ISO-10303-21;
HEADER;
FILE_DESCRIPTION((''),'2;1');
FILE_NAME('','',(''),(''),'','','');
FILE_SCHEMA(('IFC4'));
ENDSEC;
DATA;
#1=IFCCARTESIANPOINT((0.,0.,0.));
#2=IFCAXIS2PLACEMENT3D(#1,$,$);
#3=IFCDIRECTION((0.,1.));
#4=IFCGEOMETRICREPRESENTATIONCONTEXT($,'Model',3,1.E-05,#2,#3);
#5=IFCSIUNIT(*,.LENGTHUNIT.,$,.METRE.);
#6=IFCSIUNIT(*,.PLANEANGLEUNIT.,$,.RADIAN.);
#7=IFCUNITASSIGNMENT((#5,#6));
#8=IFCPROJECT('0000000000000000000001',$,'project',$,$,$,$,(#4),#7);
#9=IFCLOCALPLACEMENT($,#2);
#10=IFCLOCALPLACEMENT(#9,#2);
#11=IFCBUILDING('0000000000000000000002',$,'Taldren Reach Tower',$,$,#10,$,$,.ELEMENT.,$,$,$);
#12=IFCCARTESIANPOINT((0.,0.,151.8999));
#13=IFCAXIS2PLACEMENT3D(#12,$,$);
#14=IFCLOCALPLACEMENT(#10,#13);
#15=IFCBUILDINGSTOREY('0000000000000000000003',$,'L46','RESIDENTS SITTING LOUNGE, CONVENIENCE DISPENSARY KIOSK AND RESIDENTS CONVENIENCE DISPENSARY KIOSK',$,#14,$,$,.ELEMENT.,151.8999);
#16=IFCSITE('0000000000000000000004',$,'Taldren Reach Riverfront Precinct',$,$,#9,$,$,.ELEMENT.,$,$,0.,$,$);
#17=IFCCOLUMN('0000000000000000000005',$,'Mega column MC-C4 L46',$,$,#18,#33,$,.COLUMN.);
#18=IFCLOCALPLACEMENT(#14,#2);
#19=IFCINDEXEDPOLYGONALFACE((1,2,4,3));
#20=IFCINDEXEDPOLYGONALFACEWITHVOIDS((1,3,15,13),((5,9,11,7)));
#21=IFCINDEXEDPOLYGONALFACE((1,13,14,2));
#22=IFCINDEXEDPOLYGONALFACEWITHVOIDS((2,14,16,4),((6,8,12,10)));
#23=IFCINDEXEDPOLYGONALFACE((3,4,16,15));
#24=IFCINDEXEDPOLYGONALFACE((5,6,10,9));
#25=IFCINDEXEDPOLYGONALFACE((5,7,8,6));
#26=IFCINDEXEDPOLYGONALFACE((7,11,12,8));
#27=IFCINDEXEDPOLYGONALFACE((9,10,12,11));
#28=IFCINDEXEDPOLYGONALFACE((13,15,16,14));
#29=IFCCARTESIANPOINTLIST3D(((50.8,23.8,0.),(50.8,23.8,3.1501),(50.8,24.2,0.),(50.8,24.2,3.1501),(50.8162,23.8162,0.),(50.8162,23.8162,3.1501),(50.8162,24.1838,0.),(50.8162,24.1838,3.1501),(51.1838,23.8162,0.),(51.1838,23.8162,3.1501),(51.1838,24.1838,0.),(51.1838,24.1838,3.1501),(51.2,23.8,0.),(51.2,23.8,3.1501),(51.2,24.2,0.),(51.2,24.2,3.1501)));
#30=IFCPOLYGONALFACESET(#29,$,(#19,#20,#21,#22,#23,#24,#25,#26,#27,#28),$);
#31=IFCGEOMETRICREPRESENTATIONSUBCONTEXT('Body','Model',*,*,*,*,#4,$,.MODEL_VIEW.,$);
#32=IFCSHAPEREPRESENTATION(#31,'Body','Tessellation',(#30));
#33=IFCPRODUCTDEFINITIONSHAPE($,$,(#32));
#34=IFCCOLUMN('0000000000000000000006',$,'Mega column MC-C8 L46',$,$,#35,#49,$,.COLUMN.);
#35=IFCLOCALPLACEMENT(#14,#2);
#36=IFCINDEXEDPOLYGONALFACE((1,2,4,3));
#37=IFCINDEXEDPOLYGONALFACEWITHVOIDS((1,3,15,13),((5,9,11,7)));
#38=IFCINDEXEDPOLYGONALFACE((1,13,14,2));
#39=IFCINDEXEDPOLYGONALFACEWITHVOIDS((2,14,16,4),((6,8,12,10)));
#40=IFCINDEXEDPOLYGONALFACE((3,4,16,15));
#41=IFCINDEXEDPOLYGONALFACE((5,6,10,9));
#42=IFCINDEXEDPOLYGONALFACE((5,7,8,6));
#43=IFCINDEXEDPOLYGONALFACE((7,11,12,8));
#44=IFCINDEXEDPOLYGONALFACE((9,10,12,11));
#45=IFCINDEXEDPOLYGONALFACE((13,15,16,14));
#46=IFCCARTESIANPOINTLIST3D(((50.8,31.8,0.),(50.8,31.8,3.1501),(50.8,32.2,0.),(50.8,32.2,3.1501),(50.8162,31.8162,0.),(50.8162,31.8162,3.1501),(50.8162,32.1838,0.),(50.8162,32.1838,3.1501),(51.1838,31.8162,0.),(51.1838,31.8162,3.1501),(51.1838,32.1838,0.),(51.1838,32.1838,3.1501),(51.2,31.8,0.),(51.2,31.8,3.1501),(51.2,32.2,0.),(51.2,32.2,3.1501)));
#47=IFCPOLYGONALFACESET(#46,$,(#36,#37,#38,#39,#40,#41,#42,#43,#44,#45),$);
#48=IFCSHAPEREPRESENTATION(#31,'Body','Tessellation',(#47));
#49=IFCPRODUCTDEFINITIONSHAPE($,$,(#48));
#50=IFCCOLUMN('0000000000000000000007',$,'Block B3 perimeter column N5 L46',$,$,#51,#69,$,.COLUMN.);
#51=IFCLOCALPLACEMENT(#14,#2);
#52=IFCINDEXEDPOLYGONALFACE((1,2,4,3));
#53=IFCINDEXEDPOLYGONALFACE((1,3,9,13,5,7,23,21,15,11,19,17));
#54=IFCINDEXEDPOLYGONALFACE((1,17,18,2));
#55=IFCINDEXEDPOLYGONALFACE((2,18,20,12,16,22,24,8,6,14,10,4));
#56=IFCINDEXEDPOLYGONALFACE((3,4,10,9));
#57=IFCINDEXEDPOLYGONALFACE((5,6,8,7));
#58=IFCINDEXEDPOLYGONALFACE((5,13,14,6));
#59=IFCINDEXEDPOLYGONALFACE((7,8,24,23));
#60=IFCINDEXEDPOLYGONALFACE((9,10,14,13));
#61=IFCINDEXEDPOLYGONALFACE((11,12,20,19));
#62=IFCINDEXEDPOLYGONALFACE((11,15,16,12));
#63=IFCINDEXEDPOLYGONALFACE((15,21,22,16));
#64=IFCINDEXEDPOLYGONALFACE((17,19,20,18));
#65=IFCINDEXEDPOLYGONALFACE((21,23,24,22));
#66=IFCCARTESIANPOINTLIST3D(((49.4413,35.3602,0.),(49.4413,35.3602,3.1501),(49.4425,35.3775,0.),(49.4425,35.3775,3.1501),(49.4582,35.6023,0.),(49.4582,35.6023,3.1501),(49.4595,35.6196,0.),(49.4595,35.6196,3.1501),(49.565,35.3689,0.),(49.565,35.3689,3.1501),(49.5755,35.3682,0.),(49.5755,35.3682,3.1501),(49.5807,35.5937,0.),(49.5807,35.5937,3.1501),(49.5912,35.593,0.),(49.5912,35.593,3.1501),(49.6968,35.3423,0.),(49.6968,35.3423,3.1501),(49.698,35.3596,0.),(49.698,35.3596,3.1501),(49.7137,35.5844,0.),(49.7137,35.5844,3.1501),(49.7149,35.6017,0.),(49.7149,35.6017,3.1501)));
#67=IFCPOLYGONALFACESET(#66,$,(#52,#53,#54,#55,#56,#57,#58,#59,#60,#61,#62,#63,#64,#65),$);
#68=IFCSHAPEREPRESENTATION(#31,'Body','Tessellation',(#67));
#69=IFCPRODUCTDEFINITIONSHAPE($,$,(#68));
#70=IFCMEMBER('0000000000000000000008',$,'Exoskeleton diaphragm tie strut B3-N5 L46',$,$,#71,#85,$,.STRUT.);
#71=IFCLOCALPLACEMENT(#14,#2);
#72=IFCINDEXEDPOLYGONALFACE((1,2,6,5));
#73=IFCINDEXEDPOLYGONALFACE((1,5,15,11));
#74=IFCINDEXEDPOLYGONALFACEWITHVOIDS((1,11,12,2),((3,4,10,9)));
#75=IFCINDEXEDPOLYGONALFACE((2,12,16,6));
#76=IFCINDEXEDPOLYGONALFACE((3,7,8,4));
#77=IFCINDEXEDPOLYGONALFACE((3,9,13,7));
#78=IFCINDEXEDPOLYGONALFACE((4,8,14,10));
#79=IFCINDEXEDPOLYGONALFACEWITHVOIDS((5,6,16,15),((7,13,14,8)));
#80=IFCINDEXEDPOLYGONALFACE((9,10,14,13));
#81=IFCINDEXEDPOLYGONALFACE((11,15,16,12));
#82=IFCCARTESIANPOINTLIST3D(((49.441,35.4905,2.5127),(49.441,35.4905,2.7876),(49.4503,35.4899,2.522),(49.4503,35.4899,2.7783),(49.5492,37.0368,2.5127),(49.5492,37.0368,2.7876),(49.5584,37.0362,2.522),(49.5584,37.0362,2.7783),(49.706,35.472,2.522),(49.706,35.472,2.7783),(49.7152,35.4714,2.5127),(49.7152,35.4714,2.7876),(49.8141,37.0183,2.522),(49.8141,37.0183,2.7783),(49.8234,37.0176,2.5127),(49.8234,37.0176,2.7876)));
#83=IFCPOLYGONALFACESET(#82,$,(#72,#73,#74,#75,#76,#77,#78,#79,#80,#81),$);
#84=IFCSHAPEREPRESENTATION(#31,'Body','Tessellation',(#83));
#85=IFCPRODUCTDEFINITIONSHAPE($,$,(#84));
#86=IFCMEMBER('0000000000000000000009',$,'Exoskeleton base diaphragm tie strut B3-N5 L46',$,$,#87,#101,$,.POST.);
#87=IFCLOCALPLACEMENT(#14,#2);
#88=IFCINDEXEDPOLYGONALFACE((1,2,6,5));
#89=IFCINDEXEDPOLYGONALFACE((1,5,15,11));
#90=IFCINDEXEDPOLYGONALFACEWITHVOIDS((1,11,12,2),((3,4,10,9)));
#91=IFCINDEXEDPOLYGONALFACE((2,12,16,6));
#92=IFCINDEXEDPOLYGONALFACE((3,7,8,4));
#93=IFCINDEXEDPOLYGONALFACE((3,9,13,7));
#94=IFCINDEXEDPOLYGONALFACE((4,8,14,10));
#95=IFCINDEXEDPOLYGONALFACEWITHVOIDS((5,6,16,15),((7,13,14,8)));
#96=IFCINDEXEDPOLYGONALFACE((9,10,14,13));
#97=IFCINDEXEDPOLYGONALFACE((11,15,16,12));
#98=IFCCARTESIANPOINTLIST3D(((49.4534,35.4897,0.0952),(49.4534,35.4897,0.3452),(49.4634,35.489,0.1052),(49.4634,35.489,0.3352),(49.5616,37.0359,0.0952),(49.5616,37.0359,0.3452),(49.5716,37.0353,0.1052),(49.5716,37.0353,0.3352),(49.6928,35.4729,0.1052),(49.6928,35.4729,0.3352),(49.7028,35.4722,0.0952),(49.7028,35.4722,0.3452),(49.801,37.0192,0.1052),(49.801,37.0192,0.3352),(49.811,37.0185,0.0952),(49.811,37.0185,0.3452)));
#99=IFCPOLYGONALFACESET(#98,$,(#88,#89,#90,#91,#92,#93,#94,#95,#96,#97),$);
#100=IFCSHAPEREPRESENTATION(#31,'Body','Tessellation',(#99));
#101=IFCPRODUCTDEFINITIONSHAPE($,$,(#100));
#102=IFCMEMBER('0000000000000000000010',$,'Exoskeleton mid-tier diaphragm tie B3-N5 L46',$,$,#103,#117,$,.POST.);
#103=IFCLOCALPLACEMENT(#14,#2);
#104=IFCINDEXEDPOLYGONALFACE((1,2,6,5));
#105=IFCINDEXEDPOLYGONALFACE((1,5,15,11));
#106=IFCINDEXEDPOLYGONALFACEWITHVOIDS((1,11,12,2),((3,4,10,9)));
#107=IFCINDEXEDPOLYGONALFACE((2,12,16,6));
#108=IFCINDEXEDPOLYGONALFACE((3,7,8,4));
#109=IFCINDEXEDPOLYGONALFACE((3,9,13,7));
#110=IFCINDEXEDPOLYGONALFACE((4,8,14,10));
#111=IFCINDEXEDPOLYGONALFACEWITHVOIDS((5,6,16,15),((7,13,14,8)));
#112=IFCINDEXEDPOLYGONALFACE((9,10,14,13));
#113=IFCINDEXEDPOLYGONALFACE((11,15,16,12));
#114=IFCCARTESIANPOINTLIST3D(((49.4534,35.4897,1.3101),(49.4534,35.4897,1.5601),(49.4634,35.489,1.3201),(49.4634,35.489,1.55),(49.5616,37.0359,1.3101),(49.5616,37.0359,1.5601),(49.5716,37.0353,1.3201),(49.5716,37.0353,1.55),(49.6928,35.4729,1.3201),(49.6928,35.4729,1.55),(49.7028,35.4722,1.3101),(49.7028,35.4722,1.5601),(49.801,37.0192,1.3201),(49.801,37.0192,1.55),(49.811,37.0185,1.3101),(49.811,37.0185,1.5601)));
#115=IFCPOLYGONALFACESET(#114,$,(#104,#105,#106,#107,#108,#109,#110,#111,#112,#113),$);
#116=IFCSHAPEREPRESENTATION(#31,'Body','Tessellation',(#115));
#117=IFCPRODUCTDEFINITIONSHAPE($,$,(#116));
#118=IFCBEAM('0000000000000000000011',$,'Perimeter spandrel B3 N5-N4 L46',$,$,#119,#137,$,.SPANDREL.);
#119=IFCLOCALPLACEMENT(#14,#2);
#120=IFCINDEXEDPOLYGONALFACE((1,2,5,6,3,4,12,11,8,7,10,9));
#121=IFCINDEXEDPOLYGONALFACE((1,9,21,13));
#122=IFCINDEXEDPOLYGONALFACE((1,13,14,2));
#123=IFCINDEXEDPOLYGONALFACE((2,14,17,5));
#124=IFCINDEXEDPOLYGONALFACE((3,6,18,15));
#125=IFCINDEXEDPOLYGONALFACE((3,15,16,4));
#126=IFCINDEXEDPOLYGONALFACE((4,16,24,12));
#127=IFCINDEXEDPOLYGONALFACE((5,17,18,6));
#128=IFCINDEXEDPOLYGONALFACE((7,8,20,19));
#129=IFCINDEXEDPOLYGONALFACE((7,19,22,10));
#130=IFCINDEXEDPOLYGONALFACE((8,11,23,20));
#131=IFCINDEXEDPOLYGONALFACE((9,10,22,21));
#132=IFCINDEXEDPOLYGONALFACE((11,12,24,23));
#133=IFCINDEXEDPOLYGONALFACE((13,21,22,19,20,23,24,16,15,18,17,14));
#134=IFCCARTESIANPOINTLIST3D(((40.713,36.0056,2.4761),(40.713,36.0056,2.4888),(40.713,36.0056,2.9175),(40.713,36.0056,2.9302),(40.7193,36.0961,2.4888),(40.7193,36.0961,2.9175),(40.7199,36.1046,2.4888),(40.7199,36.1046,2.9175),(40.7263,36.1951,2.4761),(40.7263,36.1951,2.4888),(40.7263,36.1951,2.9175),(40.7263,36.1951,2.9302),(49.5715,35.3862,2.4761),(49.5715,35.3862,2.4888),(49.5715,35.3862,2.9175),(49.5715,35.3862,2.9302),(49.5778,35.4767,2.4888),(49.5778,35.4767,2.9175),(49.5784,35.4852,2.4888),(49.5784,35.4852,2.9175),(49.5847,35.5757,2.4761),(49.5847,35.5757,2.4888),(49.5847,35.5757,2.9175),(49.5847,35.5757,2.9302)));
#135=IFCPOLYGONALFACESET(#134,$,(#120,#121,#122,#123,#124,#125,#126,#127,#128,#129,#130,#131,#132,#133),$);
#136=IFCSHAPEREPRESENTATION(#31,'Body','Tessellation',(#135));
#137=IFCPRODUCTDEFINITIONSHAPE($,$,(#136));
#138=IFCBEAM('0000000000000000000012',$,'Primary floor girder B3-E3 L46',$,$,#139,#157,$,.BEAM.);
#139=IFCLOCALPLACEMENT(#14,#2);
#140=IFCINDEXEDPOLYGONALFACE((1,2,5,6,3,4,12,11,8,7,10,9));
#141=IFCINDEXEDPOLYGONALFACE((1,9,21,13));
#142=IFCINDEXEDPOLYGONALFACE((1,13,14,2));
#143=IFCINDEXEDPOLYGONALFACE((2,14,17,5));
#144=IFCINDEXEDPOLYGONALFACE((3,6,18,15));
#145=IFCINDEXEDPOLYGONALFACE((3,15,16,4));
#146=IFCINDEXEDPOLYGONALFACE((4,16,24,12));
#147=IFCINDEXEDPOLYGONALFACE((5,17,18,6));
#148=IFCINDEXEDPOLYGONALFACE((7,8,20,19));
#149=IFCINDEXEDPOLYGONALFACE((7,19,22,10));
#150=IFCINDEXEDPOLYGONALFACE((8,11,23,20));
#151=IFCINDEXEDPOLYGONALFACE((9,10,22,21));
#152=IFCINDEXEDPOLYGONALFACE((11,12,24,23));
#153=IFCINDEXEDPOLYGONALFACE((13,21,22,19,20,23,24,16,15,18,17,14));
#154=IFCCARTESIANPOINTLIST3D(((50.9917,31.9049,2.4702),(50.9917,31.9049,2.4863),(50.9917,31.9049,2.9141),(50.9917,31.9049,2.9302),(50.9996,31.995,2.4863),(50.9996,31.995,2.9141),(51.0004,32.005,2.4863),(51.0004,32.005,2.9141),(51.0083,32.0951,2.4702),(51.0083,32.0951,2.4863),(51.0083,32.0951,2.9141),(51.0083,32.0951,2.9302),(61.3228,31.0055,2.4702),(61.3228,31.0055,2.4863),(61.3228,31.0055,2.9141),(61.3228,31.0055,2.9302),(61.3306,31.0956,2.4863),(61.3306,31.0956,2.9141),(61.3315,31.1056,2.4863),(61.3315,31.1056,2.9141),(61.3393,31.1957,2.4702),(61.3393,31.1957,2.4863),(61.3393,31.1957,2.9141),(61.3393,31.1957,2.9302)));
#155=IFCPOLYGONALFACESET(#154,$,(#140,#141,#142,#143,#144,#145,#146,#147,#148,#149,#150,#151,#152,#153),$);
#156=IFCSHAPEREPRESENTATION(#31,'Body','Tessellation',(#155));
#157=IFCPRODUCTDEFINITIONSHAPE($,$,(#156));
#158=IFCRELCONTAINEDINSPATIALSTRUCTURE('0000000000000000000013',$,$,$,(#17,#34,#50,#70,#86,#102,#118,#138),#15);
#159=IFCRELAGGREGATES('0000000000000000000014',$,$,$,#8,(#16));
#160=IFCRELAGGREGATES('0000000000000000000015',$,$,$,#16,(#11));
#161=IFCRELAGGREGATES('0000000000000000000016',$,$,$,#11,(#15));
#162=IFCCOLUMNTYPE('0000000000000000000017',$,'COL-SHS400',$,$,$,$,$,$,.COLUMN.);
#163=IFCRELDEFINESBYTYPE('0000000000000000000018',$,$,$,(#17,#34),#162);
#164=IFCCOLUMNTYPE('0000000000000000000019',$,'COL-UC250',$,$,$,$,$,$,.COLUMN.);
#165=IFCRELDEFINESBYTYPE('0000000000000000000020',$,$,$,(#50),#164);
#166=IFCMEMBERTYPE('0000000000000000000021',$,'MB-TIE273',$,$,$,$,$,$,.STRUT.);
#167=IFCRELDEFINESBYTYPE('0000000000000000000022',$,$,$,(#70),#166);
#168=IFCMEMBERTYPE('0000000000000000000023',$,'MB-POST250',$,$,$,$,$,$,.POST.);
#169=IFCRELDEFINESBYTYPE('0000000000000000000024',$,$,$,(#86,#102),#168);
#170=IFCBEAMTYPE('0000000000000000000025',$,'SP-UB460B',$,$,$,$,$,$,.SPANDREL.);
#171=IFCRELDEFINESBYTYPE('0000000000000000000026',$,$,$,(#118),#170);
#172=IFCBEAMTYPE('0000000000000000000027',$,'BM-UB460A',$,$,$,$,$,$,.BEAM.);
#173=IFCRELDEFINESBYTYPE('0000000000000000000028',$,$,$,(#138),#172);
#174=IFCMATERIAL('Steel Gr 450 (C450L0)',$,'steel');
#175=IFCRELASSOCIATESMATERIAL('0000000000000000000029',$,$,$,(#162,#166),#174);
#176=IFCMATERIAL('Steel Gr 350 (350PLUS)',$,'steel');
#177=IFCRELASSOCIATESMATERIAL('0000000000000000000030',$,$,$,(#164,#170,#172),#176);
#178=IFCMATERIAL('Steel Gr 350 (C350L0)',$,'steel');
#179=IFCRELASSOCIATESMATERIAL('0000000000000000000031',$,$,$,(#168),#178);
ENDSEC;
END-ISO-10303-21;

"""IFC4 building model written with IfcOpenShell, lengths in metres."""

from ifc_helpers import new_model, si_unit, direction, frame, origin, origin_2d, place, context, subcontext, project, spatial, hollow_rectangle, i_section, extrude, source, transform, mapped, material, material_profile, profile_set, type_object, element, save


model = new_model("IFC4")

# Units and contexts
model_context = context("Model", 3, precision=1e-05, world=origin(), true_north=direction((0.0, 1.0)))
body_context = subcontext(model_context, "Body", "Model", "MODEL_VIEW")
ifc_project = project(units=[si_unit("LENGTHUNIT", "METRE"), si_unit("PLANEANGLEUNIT", "RADIAN")], contexts=[model_context])

# Site, building, storey
site_placement = place(None, origin())
site = spatial("IfcSite", under=ifc_project, at=site_placement, Name="Taldren Reach Riverfront Precinct", CompositionType="ELEMENT", RefElevation=0.0)
building_placement = place(site_placement, origin())
building = spatial("IfcBuilding", under=site, at=building_placement, Name="Taldren Reach Tower", CompositionType="ELEMENT")
storey_placement = place(building_placement, frame((0.0, 0.0, 151.8999)))
storey = spatial("IfcBuildingStorey", under=building, at=storey_placement, Name="L46", Description="RESIDENTS SITTING LOUNGE, CONVENIENCE DISPENSARY KIOSK AND RESIDENTS CONVENIENCE DISPENSARY KIOSK", CompositionType="ELEMENT", Elevation=151.8999)

# Columns
ifc_material_1 = material(Name="Steel Gr 450 (C450L0)", Category="steel")
ifc_material_profile_1 = material_profile(ifc_material_1, hollow_rectangle(XDim=0.3999, YDim=0.3999, WallThickness=0.0161, at=origin_2d()), Name="400x400x16.0SHS")
ifc_profile_set_1 = profile_set([ifc_material_profile_1], Name="Steel Gr 450 (C450L0)")
column_type_1 = type_object("IfcColumnType", Name="COL-SHS400", PredefinedType="COLUMN", material=ifc_profile_set_1)
shared_shape_1 = source(origin(), body_context, "Body", "SweptSolid", [
    extrude(hollow_rectangle(XDim=0.3999, YDim=0.3999, WallThickness=0.0161, at=origin_2d()), origin(), (0.0, 0.0, 1.0), 3.1501),
])
for number, where, z_axis, x_axis, name in (
    (1, (51.0, 24.0, 0.0), (0.0, 0.0, 1.0), (1.0, 0.0, 0.0), "Mega column MC-C4 L46"),
    (2, (51.0, 32.0, 0.0), (0.0, 0.0, 1.0), (1.0, 0.0, 0.0), "Mega column MC-C8 L46"),
):
    element("IfcColumn", number, at=place(storey_placement, frame(where, z_axis=z_axis, x_axis=x_axis)), inside=storey, type_object=column_type_1, Name=name, PredefinedType="COLUMN", context=body_context, shape_type="MappedRepresentation", body=[
        mapped(shared_shape_1, transform((0.0, 0.0, 0.0), scale=1.0)),
    ])
ifc_material_2 = material(Name="Steel Gr 350 (350PLUS)", Category="steel")
ifc_material_profile_2 = material_profile(ifc_material_2, i_section(OverallWidth=0.2561, OverallDepth=0.26, WebThickness=0.0105, FlangeThickness=0.0173, at=origin_2d()), Name="250UC89.5")
ifc_profile_set_2 = profile_set([ifc_material_profile_2], Name="Steel Gr 350 (350PLUS)")
column_type_2 = type_object("IfcColumnType", Name="COL-UC250", PredefinedType="COLUMN", material=ifc_profile_set_2)
shared_shape_2 = source(origin(), body_context, "Body", "SweptSolid", [
    extrude(i_section(OverallWidth=0.2561, OverallDepth=0.26, WebThickness=0.0105, FlangeThickness=0.0173, at=origin_2d()), origin(), (0.0, 0.0, 1.0), 3.1501),
])
column_placement = place(storey_placement, frame((49.5781, 35.481, 0.0), z_axis=(0.0, 0.0, 1.0), x_axis=(0.997564, -0.069756, 0.0)))
element("IfcColumn", 3, at=column_placement, inside=storey, type_object=column_type_2, Name="Block B3 perimeter column N5 L46", PredefinedType="COLUMN", context=body_context, shape_type="MappedRepresentation", body=[
    mapped(shared_shape_2, transform((0.0, 0.0, 0.0), scale=1.0)),
])

# Members
ifc_material_profile_3 = material_profile(ifc_material_1, hollow_rectangle(XDim=0.2749, YDim=0.2749, WallThickness=0.0093, at=origin_2d()), Name="275x275x9.3SHS")
ifc_profile_set_3 = profile_set([ifc_material_profile_3], Name="Steel Gr 450 (C450L0)")
member_type_1 = type_object("IfcMemberType", Name="MB-TIE273", PredefinedType="STRUT", material=ifc_profile_set_3)
shared_shape_3 = source(origin(), body_context, "Body", "SweptSolid", [
    extrude(hollow_rectangle(XDim=0.2749, YDim=0.2749, WallThickness=0.0093, at=origin_2d()), origin(), (0.0, 0.0, 1.0), 1.55),
])
member_1_placement = place(storey_placement, frame((49.5781, 35.481, 2.6501), z_axis=(0.06977, 0.997563, 0.0), x_axis=(-0.997563, 0.06977, 0.0)))
element("IfcMember", 4, at=member_1_placement, inside=storey, type_object=member_type_1, Name="Exoskeleton diaphragm tie strut B3-N5 L46", PredefinedType="STRUT", context=body_context, shape_type="MappedRepresentation", body=[
    mapped(shared_shape_3, transform((0.0, 0.0, 0.0), scale=1.0)),
])
ifc_material_3 = material(Name="Steel Gr 350 (C350L0)", Category="steel")
ifc_material_profile_4 = material_profile(ifc_material_3, hollow_rectangle(XDim=0.25, YDim=0.25, WallThickness=0.01, at=origin_2d()), Name="250x250x10.0SHS")
ifc_profile_set_4 = profile_set([ifc_material_profile_4], Name="Steel Gr 350 (C350L0)")
member_type_2 = type_object("IfcMemberType", Name="MB-POST250", PredefinedType="POST", material=ifc_profile_set_4)
shared_shape_4 = source(origin(), body_context, "Body", "SweptSolid", [
    extrude(hollow_rectangle(XDim=0.25, YDim=0.25, WallThickness=0.01, at=origin_2d()), origin(), (0.0, 0.0, 1.0), 1.55),
])
for number, where, z_axis, x_axis, name in (
    (5, (49.5781, 35.481, 0.2202), (0.06977, 0.997563, 0.0), (-0.997563, 0.06977, 0.0), "Exoskeleton base diaphragm tie strut B3-N5 L46"),
    (6, (49.5781, 35.481, 1.4351), (0.06977, 0.997563, 0.0), (-0.997563, 0.06977, 0.0), "Exoskeleton mid-tier diaphragm tie B3-N5 L46"),
):
    element("IfcMember", number, at=place(storey_placement, frame(where, z_axis=z_axis, x_axis=x_axis)), inside=storey, type_object=member_type_2, Name=name, PredefinedType="POST", context=body_context, shape_type="MappedRepresentation", body=[
        mapped(shared_shape_4, transform((0.0, 0.0, 0.0), scale=1.0)),
    ])

# Beams
ifc_material_profile_5 = material_profile(ifc_material_2, i_section(OverallWidth=0.1899, OverallDepth=0.4541, WebThickness=0.0085, FlangeThickness=0.0127, at=origin_2d()), Name="460UB67.1")
ifc_profile_set_5 = profile_set([ifc_material_profile_5], Name="Steel Gr 350 (350PLUS)")
beam_type_1 = type_object("IfcBeamType", Name="SP-UB460B", PredefinedType="SPANDREL", material=ifc_profile_set_5)
shared_shape_5 = source(origin(), body_context, "Body", "SweptSolid", [
    extrude(i_section(OverallWidth=0.1899, OverallDepth=0.4541, WebThickness=0.0085, FlangeThickness=0.0127, at=origin_2d()), origin(), (0.0, 0.0, 1.0), 8.8801),
])
beam_1_placement = place(storey_placement, frame((49.5781, 35.481, 2.7031), z_axis=(-0.997564, 0.06975, 0.0), x_axis=(-0.06975, -0.997564, 0.0)))
element("IfcBeam", 7, at=beam_1_placement, inside=storey, type_object=beam_type_1, Name="Perimeter spandrel B3 N5-N4 L46", PredefinedType="SPANDREL", context=body_context, shape_type="MappedRepresentation", body=[
    mapped(shared_shape_5, transform((0.0, 0.0, 0.0), scale=1.0)),
])
ifc_material_profile_6 = material_profile(ifc_material_2, i_section(OverallWidth=0.1909, OverallDepth=0.46, WebThickness=0.01, FlangeThickness=0.0161, at=origin_2d()), Name="460UB82.1")
ifc_profile_set_6 = profile_set([ifc_material_profile_6], Name="Steel Gr 350 (350PLUS)")
beam_type_2 = type_object("IfcBeamType", Name="BM-UB460A", PredefinedType="BEAM", material=ifc_profile_set_6)
shared_shape_6 = source(origin(), body_context, "Body", "SweptSolid", [
    extrude(i_section(OverallWidth=0.1909, OverallDepth=0.46, WebThickness=0.01, FlangeThickness=0.0161, at=origin_2d()), origin(), (0.0, 0.0, 1.0), 10.3701),
])
beam_2_placement = place(storey_placement, frame((51.0, 32.0, 2.7002), z_axis=(0.996232, -0.086731, 0.0), x_axis=(0.086731, 0.996232, 0.0)))
element("IfcBeam", 8, at=beam_2_placement, inside=storey, type_object=beam_type_2, Name="Primary floor girder B3-E3 L46", PredefinedType="BEAM", context=body_context, shape_type="MappedRepresentation", body=[
    mapped(shared_shape_6, transform((0.0, 0.0, 0.0), scale=1.0)),
])

save(model, "model.ifc")
